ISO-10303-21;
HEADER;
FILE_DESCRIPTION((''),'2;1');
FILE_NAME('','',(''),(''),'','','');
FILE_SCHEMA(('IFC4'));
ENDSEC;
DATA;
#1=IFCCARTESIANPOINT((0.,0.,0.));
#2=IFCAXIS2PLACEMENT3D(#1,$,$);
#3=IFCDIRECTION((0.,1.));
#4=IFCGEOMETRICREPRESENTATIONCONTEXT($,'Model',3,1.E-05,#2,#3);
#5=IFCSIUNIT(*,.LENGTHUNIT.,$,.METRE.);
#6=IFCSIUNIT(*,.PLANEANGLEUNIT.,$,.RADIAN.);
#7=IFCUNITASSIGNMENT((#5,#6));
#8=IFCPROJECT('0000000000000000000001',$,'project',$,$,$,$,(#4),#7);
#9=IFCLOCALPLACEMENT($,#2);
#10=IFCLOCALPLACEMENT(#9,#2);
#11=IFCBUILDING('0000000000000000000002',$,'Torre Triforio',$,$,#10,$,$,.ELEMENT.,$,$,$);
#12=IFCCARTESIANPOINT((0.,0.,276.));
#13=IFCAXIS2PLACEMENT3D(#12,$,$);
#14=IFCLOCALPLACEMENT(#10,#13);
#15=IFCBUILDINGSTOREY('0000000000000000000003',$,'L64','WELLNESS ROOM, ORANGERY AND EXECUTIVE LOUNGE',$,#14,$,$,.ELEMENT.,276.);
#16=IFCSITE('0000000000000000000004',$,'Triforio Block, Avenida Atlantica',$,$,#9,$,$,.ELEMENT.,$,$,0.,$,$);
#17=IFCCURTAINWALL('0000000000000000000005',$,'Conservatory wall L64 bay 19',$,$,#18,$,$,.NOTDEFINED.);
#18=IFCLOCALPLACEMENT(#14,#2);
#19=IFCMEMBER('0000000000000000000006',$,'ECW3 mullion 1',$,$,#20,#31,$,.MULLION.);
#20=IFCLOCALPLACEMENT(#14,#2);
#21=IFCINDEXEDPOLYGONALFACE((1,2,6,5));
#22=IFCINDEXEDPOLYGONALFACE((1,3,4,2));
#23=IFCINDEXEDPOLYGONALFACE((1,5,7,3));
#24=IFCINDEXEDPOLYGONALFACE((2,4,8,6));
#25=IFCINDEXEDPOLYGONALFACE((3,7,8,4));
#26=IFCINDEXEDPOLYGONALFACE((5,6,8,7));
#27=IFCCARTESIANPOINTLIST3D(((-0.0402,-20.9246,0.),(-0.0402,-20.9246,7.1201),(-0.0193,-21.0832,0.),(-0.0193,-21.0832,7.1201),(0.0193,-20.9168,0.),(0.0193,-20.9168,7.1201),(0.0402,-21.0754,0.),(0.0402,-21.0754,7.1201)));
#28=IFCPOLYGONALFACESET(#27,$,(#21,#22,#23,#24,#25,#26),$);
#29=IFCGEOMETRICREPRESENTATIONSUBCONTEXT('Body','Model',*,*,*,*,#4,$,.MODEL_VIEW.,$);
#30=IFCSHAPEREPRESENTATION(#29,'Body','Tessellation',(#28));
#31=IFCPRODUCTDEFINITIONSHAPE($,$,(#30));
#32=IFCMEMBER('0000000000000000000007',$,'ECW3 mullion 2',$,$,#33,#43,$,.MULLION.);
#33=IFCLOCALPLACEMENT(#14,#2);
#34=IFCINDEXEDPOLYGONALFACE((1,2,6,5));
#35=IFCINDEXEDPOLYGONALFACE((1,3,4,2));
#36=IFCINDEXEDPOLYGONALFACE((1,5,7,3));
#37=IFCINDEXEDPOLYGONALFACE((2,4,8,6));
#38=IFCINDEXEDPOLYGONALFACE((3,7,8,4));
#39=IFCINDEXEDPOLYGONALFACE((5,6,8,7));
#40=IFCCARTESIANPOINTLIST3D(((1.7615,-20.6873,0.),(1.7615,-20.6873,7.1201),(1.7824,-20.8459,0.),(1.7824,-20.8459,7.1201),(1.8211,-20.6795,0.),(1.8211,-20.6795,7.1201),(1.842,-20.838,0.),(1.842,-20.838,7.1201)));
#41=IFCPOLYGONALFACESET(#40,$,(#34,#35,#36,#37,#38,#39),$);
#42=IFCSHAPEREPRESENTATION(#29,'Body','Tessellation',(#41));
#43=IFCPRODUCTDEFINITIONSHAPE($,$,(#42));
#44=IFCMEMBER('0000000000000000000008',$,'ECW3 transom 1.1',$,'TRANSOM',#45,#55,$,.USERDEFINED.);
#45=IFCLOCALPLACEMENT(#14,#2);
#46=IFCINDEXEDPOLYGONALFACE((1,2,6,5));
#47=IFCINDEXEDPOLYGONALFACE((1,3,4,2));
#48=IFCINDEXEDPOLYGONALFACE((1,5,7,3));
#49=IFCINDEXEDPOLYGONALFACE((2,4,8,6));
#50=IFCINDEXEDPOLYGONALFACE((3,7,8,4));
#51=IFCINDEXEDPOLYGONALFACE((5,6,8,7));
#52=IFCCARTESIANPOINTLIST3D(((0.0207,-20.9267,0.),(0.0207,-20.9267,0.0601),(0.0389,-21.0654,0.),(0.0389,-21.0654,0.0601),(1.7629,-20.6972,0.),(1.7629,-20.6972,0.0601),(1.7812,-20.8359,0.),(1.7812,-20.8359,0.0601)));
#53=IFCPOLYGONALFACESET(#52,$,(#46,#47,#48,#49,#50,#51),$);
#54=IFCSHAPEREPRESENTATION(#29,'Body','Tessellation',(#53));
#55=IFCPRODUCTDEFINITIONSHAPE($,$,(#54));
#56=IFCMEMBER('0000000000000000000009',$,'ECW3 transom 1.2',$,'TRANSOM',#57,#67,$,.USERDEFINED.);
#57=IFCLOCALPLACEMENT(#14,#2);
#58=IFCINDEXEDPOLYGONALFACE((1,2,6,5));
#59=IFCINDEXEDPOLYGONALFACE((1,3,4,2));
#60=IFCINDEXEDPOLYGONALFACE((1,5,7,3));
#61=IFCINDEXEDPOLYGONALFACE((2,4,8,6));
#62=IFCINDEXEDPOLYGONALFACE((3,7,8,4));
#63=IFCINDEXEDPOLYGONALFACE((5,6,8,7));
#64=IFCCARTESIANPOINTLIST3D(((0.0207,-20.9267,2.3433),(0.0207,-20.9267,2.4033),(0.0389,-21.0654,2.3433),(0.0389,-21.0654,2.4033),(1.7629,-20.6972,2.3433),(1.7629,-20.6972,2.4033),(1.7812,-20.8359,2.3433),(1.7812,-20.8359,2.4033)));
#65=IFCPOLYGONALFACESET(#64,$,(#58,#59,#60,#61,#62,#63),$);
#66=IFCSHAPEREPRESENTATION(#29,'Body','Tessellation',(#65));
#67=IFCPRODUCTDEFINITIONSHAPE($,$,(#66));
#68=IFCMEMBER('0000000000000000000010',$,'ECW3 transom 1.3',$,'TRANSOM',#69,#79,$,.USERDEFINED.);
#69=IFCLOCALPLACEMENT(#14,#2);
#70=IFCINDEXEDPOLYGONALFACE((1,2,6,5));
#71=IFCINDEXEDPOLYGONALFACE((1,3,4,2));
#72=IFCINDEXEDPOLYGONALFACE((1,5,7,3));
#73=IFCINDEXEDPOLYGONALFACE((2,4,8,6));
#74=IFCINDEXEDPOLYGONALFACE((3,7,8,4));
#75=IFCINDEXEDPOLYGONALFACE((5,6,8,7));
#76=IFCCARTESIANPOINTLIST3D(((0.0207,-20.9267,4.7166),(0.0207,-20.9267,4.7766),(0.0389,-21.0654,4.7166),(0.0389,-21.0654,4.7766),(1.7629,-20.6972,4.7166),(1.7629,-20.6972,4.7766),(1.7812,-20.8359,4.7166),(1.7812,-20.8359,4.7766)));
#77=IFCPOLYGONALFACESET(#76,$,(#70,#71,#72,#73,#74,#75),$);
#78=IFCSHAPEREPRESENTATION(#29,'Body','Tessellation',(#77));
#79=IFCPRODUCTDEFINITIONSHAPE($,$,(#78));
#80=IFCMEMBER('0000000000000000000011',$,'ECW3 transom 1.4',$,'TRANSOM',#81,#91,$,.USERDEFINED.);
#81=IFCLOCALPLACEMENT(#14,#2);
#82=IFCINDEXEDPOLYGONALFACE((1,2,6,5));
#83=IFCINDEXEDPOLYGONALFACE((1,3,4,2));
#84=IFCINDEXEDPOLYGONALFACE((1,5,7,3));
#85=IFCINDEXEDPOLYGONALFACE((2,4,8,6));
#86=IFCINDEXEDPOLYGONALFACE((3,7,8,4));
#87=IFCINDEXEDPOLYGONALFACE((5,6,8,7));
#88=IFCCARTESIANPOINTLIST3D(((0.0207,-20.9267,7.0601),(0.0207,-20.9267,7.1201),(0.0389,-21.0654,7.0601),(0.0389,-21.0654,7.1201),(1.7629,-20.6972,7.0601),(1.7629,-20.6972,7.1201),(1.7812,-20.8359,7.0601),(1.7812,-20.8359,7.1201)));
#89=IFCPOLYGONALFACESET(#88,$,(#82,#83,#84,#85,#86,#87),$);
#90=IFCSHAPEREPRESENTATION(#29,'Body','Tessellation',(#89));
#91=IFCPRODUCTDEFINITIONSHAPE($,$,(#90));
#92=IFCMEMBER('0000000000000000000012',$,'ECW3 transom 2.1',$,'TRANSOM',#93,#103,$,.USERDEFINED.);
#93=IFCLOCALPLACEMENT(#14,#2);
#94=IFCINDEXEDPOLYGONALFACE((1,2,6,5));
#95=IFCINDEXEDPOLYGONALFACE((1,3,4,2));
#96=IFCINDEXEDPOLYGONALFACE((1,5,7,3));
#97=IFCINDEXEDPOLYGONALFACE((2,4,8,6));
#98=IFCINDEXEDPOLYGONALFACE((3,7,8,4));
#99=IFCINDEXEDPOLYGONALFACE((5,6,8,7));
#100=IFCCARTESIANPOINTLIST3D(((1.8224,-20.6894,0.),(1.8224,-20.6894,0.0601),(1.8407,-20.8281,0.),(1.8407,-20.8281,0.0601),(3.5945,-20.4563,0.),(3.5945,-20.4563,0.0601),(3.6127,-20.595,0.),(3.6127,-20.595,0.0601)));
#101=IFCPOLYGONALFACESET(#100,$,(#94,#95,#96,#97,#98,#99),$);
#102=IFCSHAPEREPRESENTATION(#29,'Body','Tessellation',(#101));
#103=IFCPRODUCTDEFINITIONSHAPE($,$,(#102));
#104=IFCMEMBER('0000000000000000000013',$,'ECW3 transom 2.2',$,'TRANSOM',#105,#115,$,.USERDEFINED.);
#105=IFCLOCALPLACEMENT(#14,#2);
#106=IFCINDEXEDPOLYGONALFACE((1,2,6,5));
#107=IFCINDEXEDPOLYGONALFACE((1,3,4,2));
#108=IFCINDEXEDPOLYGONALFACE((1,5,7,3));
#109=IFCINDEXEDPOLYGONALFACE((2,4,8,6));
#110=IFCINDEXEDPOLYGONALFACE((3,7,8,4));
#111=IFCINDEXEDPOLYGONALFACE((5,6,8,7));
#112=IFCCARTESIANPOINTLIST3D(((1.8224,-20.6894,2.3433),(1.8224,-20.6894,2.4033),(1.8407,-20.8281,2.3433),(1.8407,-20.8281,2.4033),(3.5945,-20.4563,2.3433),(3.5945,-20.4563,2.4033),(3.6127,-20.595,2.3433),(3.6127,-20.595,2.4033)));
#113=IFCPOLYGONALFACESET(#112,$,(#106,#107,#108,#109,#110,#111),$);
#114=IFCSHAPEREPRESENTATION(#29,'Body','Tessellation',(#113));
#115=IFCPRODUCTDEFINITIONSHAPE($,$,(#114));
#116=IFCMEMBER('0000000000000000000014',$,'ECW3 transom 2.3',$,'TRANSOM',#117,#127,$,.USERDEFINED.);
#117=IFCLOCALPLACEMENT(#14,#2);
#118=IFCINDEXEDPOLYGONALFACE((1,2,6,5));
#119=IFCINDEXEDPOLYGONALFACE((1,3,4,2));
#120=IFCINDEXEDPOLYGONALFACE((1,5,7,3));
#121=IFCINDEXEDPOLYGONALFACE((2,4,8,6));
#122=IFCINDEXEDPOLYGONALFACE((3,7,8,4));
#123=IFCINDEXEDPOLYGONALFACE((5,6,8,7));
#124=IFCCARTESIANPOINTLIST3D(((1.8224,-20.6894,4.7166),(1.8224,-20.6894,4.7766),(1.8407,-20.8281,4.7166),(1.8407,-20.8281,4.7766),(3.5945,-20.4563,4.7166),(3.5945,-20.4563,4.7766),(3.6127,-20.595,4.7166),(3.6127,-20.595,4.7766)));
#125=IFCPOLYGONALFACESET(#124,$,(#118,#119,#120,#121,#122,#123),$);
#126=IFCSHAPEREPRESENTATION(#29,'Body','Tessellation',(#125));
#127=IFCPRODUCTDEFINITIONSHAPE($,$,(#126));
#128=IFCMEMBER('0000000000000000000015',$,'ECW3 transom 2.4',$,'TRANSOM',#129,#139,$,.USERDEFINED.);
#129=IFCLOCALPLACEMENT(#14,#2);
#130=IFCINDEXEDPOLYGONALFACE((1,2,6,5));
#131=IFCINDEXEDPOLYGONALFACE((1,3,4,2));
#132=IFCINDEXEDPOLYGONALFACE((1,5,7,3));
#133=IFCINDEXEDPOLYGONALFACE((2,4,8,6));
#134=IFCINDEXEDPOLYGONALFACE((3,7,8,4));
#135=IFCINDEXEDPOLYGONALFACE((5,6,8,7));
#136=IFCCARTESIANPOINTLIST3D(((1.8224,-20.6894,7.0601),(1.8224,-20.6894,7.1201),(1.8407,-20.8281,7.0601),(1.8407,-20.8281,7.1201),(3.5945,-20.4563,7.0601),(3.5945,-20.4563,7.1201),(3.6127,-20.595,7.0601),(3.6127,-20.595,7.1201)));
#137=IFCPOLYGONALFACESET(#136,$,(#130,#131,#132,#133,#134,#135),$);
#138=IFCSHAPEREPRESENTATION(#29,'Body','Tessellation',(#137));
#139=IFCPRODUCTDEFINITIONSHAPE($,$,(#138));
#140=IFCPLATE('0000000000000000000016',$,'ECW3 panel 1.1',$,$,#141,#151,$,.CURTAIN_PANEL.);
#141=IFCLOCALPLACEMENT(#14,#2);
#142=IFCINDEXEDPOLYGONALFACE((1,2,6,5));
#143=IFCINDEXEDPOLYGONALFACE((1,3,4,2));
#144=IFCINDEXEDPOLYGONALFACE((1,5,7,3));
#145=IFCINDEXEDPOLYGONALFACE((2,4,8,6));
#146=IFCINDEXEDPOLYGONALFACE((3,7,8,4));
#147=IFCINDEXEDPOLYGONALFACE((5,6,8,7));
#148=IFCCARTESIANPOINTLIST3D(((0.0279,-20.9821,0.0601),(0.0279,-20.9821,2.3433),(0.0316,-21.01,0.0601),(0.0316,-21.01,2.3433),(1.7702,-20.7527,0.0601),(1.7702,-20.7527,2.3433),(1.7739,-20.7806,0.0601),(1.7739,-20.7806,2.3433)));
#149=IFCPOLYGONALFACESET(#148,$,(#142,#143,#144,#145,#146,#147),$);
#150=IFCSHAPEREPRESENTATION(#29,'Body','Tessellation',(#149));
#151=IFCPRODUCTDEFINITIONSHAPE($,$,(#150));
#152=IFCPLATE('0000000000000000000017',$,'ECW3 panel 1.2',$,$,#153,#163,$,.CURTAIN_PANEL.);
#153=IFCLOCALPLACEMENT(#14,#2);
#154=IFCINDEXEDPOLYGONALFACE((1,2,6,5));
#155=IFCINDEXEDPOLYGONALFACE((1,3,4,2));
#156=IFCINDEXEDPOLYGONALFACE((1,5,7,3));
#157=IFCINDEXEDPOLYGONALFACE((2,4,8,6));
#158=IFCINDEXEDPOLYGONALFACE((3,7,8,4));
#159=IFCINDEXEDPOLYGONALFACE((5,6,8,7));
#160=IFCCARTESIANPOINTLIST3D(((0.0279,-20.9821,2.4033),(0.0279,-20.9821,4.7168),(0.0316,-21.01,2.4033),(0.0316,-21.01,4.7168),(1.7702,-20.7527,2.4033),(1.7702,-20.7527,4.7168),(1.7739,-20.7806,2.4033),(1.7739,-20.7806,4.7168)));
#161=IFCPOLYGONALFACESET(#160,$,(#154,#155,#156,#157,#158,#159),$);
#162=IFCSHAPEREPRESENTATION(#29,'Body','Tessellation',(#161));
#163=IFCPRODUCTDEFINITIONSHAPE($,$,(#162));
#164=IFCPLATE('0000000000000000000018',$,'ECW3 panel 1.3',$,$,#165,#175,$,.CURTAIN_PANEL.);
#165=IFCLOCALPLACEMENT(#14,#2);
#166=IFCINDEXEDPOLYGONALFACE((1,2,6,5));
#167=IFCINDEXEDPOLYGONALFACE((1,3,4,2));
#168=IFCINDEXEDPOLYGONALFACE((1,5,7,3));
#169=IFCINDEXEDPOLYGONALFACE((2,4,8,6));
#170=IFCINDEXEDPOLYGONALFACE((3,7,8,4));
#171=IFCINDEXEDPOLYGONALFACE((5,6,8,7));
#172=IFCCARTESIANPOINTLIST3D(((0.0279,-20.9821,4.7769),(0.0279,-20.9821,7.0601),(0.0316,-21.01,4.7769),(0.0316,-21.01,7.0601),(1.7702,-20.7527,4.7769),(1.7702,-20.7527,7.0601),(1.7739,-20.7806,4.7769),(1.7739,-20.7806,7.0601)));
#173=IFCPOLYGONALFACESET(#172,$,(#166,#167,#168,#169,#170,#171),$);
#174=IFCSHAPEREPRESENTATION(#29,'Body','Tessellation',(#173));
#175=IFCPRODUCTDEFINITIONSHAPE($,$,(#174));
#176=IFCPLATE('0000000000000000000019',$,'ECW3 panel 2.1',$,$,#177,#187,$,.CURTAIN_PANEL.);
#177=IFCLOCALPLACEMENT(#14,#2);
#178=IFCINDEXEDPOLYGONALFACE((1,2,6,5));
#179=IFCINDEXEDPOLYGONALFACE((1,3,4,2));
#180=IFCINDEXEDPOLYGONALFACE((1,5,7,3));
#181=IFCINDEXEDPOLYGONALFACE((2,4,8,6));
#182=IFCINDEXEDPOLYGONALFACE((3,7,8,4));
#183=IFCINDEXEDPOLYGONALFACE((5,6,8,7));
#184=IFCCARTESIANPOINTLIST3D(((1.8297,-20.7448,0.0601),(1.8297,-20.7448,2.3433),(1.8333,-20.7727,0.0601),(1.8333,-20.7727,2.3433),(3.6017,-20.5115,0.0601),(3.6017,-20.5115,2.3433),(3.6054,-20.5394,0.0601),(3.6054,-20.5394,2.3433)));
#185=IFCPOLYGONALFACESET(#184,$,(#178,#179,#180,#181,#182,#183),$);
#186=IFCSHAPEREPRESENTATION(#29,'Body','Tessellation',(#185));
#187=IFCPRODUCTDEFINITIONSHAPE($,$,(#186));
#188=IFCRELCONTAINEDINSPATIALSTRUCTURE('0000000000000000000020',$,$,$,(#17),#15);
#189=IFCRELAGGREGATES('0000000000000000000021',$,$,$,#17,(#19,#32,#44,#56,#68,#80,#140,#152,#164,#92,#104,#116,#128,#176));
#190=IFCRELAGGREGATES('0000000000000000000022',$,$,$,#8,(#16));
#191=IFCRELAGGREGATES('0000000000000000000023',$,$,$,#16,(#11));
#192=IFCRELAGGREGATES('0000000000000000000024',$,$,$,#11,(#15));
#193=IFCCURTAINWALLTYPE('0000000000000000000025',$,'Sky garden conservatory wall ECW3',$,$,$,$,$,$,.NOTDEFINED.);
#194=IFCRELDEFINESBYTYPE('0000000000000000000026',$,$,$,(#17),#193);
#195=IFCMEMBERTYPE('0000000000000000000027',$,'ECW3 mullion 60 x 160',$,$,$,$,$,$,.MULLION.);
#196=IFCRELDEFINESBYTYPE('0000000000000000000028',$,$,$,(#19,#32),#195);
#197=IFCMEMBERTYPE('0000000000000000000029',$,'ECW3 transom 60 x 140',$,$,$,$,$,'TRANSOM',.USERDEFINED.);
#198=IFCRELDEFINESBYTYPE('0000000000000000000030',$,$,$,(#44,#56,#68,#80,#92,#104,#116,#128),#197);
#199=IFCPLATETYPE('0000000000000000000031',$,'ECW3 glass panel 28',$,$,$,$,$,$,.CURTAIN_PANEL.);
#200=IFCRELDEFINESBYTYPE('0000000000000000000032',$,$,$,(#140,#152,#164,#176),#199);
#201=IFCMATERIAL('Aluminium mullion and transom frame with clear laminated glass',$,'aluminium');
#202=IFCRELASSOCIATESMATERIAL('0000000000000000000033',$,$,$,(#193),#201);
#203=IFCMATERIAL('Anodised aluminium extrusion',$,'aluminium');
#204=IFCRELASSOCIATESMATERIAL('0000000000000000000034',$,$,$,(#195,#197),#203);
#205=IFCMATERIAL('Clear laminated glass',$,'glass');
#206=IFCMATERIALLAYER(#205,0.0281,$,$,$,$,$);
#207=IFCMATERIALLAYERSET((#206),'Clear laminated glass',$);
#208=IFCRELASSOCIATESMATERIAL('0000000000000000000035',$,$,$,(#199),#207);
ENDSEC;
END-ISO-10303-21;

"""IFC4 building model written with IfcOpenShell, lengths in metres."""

from ifc_helpers import new_model, si_unit, direction, frame, origin, origin_2d, place, context, subcontext, project, spatial, rectangle, extrude, material, layer, layer_set, material_profile, profile_set, type_object, element, aggregate, save


model = new_model("IFC4")

# Units and contexts
model_context = context("Model", 3, precision=1e-05, world=origin(), true_north=direction((0.0, 1.0)))
body_context = subcontext(model_context, "Body", "Model", "MODEL_VIEW")
ifc_project = project(units=[si_unit("LENGTHUNIT", "METRE"), si_unit("PLANEANGLEUNIT", "RADIAN")], contexts=[model_context])

# Site, building, storey
site_placement = place(None, origin())
site = spatial("IfcSite", under=ifc_project, at=site_placement, Name="Triforio Block, Avenida Atlantica", CompositionType="ELEMENT", RefElevation=0.0)
building_placement = place(site_placement, origin())
building = spatial("IfcBuilding", under=site, at=building_placement, Name="Torre Triforio", CompositionType="ELEMENT")
storey_placement = place(building_placement, frame((0.0, 0.0, 276.0)))
storey = spatial("IfcBuildingStorey", under=building, at=storey_placement, Name="L64", Description="WELLNESS ROOM, ORANGERY AND EXECUTIVE LOUNGE", CompositionType="ELEMENT", Elevation=276.0)

# Curtain wall, members, plates
ifc_material_1 = material(Name="Aluminium mullion and transom frame with clear laminated glass", Category="aluminium")
curtain_wall_type = type_object("IfcCurtainWallType", Name="Sky garden conservatory wall ECW3", PredefinedType="NOTDEFINED", material=ifc_material_1)
curtain_wall_placement = place(storey_placement, origin())
curtain_wall = element("IfcCurtainWall", 1, at=curtain_wall_placement, inside=storey, type_object=curtain_wall_type, Name="Conservatory wall L64 bay 19", PredefinedType="NOTDEFINED")
ifc_material_2 = material(Name="Anodised aluminium extrusion", Category="aluminium")
ifc_material_profile_1 = material_profile(ifc_material_2, rectangle(XDim=0.1599, YDim=0.0601, at=origin_2d()), Name="ECW3 MULLION 60x160")
ifc_profile_set_1 = profile_set([ifc_material_profile_1], Name="Anodised aluminium extrusion")
member_type_1 = type_object("IfcMemberType", Name="ECW3 mullion 60 x 160", PredefinedType="MULLION", material=ifc_profile_set_1)
member_1_placement = place(storey_placement, frame((0.0, -21.0, 0.0), z_axis=(0.0, 0.0, 1.0), x_axis=(-0.13053, 0.991444, 0.0)))
member_1 = element("IfcMember", 2, at=member_1_placement, type_object=member_type_1, Name="ECW3 mullion 1", PredefinedType="MULLION", context=body_context, shape_type="SweptSolid", body=[
    extrude(rectangle(XDim=0.1599, YDim=0.0601, at=origin_2d()), origin(), (0.0, 0.0, 1.0), 7.1201),
])
member_2_placement = place(storey_placement, frame((1.8018, -20.7627, 0.0), z_axis=(0.0, 0.0, 1.0), x_axis=(-0.13053, 0.991444, 0.0)))
member_2 = element("IfcMember", 3, at=member_2_placement, type_object=member_type_1, Name="ECW3 mullion 2", PredefinedType="MULLION", context=body_context, shape_type="SweptSolid", body=[
    extrude(rectangle(XDim=0.1599, YDim=0.0601, at=origin_2d()), origin(), (0.0, 0.0, 1.0), 7.1201),
])
ifc_material_profile_2 = material_profile(ifc_material_2, rectangle(XDim=0.1399, YDim=0.0601, at=origin_2d()), Name="ECW3 TRANSOM 60x140")
ifc_profile_set_2 = profile_set([ifc_material_profile_2], Name="Anodised aluminium extrusion")
member_type_2 = type_object("IfcMemberType", Name="ECW3 transom 60 x 140", ElementType="TRANSOM", PredefinedType="USERDEFINED", material=ifc_profile_set_2)
member_3_placement = place(storey_placement, frame((0.0298, -20.9961, 0.03), z_axis=(0.991435, 0.130598, 0.0), x_axis=(-0.130598, 0.991435, 0.0)))
member_3 = element("IfcMember", 4, at=member_3_placement, type_object=member_type_2, Name="ECW3 transom 1.1", ObjectType="TRANSOM", PredefinedType="USERDEFINED", context=body_context, shape_type="SweptSolid", body=[
    extrude(rectangle(XDim=0.1399, YDim=0.0601, at=origin_2d()), origin(), (0.0, 0.0, 1.0), 1.7573),
])
member_4_placement = place(storey_placement, frame((0.0298, -20.9961, 2.3733), z_axis=(0.991435, 0.130598, 0.0), x_axis=(-0.130598, 0.991435, 0.0)))
member_4 = element("IfcMember", 5, at=member_4_placement, type_object=member_type_2, Name="ECW3 transom 1.2", ObjectType="TRANSOM", PredefinedType="USERDEFINED", context=body_context, shape_type="SweptSolid", body=[
    extrude(rectangle(XDim=0.1399, YDim=0.0601, at=origin_2d()), origin(), (0.0, 0.0, 1.0), 1.7573),
])
member_5_placement = place(storey_placement, frame((0.0298, -20.9961, 4.7466), z_axis=(0.991435, 0.130598, 0.0), x_axis=(-0.130598, 0.991435, 0.0)))
member_5 = element("IfcMember", 6, at=member_5_placement, type_object=member_type_2, Name="ECW3 transom 1.3", ObjectType="TRANSOM", PredefinedType="USERDEFINED", context=body_context, shape_type="SweptSolid", body=[
    extrude(rectangle(XDim=0.1399, YDim=0.0601, at=origin_2d()), origin(), (0.0, 0.0, 1.0), 1.7573),
])
member_6_placement = place(storey_placement, frame((0.0298, -20.9961, 7.0901), z_axis=(0.991435, 0.130598, 0.0), x_axis=(-0.130598, 0.991435, 0.0)))
member_6 = element("IfcMember", 7, at=member_6_placement, type_object=member_type_2, Name="ECW3 transom 1.4", ObjectType="TRANSOM", PredefinedType="USERDEFINED", context=body_context, shape_type="SweptSolid", body=[
    extrude(rectangle(XDim=0.1399, YDim=0.0601, at=origin_2d()), origin(), (0.0, 0.0, 1.0), 1.7573),
])
member_7_placement = place(storey_placement, frame((1.8315, -20.7588, 0.03), z_axis=(0.991454, 0.130455, 0.0), x_axis=(-0.130455, 0.991454, 0.0)))
member_7 = element("IfcMember", 8, at=member_7_placement, type_object=member_type_2, Name="ECW3 transom 2.1", ObjectType="TRANSOM", PredefinedType="USERDEFINED", context=body_context, shape_type="SweptSolid", body=[
    extrude(rectangle(XDim=0.1399, YDim=0.0601, at=origin_2d()), origin(), (0.0, 0.0, 1.0), 1.7874),
])
member_8_placement = place(storey_placement, frame((1.8315, -20.7588, 2.3733), z_axis=(0.991454, 0.130455, 0.0), x_axis=(-0.130455, 0.991454, 0.0)))
member_8 = element("IfcMember", 9, at=member_8_placement, type_object=member_type_2, Name="ECW3 transom 2.2", ObjectType="TRANSOM", PredefinedType="USERDEFINED", context=body_context, shape_type="SweptSolid", body=[
    extrude(rectangle(XDim=0.1399, YDim=0.0601, at=origin_2d()), origin(), (0.0, 0.0, 1.0), 1.7874),
])
member_9_placement = place(storey_placement, frame((1.8315, -20.7588, 4.7466), z_axis=(0.991454, 0.130455, 0.0), x_axis=(-0.130455, 0.991454, 0.0)))
member_9 = element("IfcMember", 10, at=member_9_placement, type_object=member_type_2, Name="ECW3 transom 2.3", ObjectType="TRANSOM", PredefinedType="USERDEFINED", context=body_context, shape_type="SweptSolid", body=[
    extrude(rectangle(XDim=0.1399, YDim=0.0601, at=origin_2d()), origin(), (0.0, 0.0, 1.0), 1.7874),
])
member_10_placement = place(storey_placement, frame((1.8315, -20.7588, 7.0901), z_axis=(0.991454, 0.130455, 0.0), x_axis=(-0.130455, 0.991454, 0.0)))
member_10 = element("IfcMember", 11, at=member_10_placement, type_object=member_type_2, Name="ECW3 transom 2.4", ObjectType="TRANSOM", PredefinedType="USERDEFINED", context=body_context, shape_type="SweptSolid", body=[
    extrude(rectangle(XDim=0.1399, YDim=0.0601, at=origin_2d()), origin(), (0.0, 0.0, 1.0), 1.7874),
])
ifc_material_3 = material(Name="Clear laminated glass", Category="glass")
ifc_layer = layer(ifc_material_3, 0.0281)
ifc_layer_set = layer_set([ifc_layer], Name="Clear laminated glass")
plate_type = type_object("IfcPlateType", Name="ECW3 glass panel 28", PredefinedType="CURTAIN_PANEL", material=ifc_layer_set)
plate_1_placement = place(storey_placement, frame((0.9009, -20.8813, 0.0601), z_axis=(0.0, 0.0, 1.0), x_axis=(0.991444, 0.13053, 0.0)))
plate_1 = element("IfcPlate", 12, at=plate_1_placement, type_object=plate_type, Name="ECW3 panel 1.1", PredefinedType="CURTAIN_PANEL", context=body_context, shape_type="SweptSolid", body=[
    extrude(rectangle(XDim=1.7573, YDim=0.0281, at=origin_2d()), origin(), (0.0, 0.0, 1.0), 2.2832),
])
plate_2_placement = place(storey_placement, frame((0.9009, -20.8813, 2.4033), z_axis=(0.0, 0.0, 1.0), x_axis=(0.991444, 0.13053, 0.0)))
plate_2 = element("IfcPlate", 13, at=plate_2_placement, type_object=plate_type, Name="ECW3 panel 1.2", PredefinedType="CURTAIN_PANEL", context=body_context, shape_type="SweptSolid", body=[
    extrude(rectangle(XDim=1.7573, YDim=0.0281, at=origin_2d()), origin(), (0.0, 0.0, 1.0), 2.3135),
])
plate_3_placement = place(storey_placement, frame((0.9009, -20.8813, 4.7769), z_axis=(0.0, 0.0, 1.0), x_axis=(0.991444, 0.13053, 0.0)))
plate_3 = element("IfcPlate", 14, at=plate_3_placement, type_object=plate_type, Name="ECW3 panel 1.3", PredefinedType="CURTAIN_PANEL", context=body_context, shape_type="SweptSolid", body=[
    extrude(rectangle(XDim=1.7573, YDim=0.0281, at=origin_2d()), origin(), (0.0, 0.0, 1.0), 2.2832),
])
plate_4_placement = place(storey_placement, frame((2.7175, -20.6421, 0.0601), z_axis=(0.0, 0.0, 1.0), x_axis=(0.991444, 0.13053, 0.0)))
plate_4 = element("IfcPlate", 15, at=plate_4_placement, type_object=plate_type, Name="ECW3 panel 2.1", PredefinedType="CURTAIN_PANEL", context=body_context, shape_type="SweptSolid", body=[
    extrude(rectangle(XDim=1.7874, YDim=0.0281, at=origin_2d()), origin(), (0.0, 0.0, 1.0), 2.2832),
])
aggregate(curtain_wall, [member_1, member_2, member_3, member_4, member_5, member_6, plate_1, plate_2, plate_3, member_7, member_8, member_9, member_10, plate_4])

save(model, "model.ifc")
